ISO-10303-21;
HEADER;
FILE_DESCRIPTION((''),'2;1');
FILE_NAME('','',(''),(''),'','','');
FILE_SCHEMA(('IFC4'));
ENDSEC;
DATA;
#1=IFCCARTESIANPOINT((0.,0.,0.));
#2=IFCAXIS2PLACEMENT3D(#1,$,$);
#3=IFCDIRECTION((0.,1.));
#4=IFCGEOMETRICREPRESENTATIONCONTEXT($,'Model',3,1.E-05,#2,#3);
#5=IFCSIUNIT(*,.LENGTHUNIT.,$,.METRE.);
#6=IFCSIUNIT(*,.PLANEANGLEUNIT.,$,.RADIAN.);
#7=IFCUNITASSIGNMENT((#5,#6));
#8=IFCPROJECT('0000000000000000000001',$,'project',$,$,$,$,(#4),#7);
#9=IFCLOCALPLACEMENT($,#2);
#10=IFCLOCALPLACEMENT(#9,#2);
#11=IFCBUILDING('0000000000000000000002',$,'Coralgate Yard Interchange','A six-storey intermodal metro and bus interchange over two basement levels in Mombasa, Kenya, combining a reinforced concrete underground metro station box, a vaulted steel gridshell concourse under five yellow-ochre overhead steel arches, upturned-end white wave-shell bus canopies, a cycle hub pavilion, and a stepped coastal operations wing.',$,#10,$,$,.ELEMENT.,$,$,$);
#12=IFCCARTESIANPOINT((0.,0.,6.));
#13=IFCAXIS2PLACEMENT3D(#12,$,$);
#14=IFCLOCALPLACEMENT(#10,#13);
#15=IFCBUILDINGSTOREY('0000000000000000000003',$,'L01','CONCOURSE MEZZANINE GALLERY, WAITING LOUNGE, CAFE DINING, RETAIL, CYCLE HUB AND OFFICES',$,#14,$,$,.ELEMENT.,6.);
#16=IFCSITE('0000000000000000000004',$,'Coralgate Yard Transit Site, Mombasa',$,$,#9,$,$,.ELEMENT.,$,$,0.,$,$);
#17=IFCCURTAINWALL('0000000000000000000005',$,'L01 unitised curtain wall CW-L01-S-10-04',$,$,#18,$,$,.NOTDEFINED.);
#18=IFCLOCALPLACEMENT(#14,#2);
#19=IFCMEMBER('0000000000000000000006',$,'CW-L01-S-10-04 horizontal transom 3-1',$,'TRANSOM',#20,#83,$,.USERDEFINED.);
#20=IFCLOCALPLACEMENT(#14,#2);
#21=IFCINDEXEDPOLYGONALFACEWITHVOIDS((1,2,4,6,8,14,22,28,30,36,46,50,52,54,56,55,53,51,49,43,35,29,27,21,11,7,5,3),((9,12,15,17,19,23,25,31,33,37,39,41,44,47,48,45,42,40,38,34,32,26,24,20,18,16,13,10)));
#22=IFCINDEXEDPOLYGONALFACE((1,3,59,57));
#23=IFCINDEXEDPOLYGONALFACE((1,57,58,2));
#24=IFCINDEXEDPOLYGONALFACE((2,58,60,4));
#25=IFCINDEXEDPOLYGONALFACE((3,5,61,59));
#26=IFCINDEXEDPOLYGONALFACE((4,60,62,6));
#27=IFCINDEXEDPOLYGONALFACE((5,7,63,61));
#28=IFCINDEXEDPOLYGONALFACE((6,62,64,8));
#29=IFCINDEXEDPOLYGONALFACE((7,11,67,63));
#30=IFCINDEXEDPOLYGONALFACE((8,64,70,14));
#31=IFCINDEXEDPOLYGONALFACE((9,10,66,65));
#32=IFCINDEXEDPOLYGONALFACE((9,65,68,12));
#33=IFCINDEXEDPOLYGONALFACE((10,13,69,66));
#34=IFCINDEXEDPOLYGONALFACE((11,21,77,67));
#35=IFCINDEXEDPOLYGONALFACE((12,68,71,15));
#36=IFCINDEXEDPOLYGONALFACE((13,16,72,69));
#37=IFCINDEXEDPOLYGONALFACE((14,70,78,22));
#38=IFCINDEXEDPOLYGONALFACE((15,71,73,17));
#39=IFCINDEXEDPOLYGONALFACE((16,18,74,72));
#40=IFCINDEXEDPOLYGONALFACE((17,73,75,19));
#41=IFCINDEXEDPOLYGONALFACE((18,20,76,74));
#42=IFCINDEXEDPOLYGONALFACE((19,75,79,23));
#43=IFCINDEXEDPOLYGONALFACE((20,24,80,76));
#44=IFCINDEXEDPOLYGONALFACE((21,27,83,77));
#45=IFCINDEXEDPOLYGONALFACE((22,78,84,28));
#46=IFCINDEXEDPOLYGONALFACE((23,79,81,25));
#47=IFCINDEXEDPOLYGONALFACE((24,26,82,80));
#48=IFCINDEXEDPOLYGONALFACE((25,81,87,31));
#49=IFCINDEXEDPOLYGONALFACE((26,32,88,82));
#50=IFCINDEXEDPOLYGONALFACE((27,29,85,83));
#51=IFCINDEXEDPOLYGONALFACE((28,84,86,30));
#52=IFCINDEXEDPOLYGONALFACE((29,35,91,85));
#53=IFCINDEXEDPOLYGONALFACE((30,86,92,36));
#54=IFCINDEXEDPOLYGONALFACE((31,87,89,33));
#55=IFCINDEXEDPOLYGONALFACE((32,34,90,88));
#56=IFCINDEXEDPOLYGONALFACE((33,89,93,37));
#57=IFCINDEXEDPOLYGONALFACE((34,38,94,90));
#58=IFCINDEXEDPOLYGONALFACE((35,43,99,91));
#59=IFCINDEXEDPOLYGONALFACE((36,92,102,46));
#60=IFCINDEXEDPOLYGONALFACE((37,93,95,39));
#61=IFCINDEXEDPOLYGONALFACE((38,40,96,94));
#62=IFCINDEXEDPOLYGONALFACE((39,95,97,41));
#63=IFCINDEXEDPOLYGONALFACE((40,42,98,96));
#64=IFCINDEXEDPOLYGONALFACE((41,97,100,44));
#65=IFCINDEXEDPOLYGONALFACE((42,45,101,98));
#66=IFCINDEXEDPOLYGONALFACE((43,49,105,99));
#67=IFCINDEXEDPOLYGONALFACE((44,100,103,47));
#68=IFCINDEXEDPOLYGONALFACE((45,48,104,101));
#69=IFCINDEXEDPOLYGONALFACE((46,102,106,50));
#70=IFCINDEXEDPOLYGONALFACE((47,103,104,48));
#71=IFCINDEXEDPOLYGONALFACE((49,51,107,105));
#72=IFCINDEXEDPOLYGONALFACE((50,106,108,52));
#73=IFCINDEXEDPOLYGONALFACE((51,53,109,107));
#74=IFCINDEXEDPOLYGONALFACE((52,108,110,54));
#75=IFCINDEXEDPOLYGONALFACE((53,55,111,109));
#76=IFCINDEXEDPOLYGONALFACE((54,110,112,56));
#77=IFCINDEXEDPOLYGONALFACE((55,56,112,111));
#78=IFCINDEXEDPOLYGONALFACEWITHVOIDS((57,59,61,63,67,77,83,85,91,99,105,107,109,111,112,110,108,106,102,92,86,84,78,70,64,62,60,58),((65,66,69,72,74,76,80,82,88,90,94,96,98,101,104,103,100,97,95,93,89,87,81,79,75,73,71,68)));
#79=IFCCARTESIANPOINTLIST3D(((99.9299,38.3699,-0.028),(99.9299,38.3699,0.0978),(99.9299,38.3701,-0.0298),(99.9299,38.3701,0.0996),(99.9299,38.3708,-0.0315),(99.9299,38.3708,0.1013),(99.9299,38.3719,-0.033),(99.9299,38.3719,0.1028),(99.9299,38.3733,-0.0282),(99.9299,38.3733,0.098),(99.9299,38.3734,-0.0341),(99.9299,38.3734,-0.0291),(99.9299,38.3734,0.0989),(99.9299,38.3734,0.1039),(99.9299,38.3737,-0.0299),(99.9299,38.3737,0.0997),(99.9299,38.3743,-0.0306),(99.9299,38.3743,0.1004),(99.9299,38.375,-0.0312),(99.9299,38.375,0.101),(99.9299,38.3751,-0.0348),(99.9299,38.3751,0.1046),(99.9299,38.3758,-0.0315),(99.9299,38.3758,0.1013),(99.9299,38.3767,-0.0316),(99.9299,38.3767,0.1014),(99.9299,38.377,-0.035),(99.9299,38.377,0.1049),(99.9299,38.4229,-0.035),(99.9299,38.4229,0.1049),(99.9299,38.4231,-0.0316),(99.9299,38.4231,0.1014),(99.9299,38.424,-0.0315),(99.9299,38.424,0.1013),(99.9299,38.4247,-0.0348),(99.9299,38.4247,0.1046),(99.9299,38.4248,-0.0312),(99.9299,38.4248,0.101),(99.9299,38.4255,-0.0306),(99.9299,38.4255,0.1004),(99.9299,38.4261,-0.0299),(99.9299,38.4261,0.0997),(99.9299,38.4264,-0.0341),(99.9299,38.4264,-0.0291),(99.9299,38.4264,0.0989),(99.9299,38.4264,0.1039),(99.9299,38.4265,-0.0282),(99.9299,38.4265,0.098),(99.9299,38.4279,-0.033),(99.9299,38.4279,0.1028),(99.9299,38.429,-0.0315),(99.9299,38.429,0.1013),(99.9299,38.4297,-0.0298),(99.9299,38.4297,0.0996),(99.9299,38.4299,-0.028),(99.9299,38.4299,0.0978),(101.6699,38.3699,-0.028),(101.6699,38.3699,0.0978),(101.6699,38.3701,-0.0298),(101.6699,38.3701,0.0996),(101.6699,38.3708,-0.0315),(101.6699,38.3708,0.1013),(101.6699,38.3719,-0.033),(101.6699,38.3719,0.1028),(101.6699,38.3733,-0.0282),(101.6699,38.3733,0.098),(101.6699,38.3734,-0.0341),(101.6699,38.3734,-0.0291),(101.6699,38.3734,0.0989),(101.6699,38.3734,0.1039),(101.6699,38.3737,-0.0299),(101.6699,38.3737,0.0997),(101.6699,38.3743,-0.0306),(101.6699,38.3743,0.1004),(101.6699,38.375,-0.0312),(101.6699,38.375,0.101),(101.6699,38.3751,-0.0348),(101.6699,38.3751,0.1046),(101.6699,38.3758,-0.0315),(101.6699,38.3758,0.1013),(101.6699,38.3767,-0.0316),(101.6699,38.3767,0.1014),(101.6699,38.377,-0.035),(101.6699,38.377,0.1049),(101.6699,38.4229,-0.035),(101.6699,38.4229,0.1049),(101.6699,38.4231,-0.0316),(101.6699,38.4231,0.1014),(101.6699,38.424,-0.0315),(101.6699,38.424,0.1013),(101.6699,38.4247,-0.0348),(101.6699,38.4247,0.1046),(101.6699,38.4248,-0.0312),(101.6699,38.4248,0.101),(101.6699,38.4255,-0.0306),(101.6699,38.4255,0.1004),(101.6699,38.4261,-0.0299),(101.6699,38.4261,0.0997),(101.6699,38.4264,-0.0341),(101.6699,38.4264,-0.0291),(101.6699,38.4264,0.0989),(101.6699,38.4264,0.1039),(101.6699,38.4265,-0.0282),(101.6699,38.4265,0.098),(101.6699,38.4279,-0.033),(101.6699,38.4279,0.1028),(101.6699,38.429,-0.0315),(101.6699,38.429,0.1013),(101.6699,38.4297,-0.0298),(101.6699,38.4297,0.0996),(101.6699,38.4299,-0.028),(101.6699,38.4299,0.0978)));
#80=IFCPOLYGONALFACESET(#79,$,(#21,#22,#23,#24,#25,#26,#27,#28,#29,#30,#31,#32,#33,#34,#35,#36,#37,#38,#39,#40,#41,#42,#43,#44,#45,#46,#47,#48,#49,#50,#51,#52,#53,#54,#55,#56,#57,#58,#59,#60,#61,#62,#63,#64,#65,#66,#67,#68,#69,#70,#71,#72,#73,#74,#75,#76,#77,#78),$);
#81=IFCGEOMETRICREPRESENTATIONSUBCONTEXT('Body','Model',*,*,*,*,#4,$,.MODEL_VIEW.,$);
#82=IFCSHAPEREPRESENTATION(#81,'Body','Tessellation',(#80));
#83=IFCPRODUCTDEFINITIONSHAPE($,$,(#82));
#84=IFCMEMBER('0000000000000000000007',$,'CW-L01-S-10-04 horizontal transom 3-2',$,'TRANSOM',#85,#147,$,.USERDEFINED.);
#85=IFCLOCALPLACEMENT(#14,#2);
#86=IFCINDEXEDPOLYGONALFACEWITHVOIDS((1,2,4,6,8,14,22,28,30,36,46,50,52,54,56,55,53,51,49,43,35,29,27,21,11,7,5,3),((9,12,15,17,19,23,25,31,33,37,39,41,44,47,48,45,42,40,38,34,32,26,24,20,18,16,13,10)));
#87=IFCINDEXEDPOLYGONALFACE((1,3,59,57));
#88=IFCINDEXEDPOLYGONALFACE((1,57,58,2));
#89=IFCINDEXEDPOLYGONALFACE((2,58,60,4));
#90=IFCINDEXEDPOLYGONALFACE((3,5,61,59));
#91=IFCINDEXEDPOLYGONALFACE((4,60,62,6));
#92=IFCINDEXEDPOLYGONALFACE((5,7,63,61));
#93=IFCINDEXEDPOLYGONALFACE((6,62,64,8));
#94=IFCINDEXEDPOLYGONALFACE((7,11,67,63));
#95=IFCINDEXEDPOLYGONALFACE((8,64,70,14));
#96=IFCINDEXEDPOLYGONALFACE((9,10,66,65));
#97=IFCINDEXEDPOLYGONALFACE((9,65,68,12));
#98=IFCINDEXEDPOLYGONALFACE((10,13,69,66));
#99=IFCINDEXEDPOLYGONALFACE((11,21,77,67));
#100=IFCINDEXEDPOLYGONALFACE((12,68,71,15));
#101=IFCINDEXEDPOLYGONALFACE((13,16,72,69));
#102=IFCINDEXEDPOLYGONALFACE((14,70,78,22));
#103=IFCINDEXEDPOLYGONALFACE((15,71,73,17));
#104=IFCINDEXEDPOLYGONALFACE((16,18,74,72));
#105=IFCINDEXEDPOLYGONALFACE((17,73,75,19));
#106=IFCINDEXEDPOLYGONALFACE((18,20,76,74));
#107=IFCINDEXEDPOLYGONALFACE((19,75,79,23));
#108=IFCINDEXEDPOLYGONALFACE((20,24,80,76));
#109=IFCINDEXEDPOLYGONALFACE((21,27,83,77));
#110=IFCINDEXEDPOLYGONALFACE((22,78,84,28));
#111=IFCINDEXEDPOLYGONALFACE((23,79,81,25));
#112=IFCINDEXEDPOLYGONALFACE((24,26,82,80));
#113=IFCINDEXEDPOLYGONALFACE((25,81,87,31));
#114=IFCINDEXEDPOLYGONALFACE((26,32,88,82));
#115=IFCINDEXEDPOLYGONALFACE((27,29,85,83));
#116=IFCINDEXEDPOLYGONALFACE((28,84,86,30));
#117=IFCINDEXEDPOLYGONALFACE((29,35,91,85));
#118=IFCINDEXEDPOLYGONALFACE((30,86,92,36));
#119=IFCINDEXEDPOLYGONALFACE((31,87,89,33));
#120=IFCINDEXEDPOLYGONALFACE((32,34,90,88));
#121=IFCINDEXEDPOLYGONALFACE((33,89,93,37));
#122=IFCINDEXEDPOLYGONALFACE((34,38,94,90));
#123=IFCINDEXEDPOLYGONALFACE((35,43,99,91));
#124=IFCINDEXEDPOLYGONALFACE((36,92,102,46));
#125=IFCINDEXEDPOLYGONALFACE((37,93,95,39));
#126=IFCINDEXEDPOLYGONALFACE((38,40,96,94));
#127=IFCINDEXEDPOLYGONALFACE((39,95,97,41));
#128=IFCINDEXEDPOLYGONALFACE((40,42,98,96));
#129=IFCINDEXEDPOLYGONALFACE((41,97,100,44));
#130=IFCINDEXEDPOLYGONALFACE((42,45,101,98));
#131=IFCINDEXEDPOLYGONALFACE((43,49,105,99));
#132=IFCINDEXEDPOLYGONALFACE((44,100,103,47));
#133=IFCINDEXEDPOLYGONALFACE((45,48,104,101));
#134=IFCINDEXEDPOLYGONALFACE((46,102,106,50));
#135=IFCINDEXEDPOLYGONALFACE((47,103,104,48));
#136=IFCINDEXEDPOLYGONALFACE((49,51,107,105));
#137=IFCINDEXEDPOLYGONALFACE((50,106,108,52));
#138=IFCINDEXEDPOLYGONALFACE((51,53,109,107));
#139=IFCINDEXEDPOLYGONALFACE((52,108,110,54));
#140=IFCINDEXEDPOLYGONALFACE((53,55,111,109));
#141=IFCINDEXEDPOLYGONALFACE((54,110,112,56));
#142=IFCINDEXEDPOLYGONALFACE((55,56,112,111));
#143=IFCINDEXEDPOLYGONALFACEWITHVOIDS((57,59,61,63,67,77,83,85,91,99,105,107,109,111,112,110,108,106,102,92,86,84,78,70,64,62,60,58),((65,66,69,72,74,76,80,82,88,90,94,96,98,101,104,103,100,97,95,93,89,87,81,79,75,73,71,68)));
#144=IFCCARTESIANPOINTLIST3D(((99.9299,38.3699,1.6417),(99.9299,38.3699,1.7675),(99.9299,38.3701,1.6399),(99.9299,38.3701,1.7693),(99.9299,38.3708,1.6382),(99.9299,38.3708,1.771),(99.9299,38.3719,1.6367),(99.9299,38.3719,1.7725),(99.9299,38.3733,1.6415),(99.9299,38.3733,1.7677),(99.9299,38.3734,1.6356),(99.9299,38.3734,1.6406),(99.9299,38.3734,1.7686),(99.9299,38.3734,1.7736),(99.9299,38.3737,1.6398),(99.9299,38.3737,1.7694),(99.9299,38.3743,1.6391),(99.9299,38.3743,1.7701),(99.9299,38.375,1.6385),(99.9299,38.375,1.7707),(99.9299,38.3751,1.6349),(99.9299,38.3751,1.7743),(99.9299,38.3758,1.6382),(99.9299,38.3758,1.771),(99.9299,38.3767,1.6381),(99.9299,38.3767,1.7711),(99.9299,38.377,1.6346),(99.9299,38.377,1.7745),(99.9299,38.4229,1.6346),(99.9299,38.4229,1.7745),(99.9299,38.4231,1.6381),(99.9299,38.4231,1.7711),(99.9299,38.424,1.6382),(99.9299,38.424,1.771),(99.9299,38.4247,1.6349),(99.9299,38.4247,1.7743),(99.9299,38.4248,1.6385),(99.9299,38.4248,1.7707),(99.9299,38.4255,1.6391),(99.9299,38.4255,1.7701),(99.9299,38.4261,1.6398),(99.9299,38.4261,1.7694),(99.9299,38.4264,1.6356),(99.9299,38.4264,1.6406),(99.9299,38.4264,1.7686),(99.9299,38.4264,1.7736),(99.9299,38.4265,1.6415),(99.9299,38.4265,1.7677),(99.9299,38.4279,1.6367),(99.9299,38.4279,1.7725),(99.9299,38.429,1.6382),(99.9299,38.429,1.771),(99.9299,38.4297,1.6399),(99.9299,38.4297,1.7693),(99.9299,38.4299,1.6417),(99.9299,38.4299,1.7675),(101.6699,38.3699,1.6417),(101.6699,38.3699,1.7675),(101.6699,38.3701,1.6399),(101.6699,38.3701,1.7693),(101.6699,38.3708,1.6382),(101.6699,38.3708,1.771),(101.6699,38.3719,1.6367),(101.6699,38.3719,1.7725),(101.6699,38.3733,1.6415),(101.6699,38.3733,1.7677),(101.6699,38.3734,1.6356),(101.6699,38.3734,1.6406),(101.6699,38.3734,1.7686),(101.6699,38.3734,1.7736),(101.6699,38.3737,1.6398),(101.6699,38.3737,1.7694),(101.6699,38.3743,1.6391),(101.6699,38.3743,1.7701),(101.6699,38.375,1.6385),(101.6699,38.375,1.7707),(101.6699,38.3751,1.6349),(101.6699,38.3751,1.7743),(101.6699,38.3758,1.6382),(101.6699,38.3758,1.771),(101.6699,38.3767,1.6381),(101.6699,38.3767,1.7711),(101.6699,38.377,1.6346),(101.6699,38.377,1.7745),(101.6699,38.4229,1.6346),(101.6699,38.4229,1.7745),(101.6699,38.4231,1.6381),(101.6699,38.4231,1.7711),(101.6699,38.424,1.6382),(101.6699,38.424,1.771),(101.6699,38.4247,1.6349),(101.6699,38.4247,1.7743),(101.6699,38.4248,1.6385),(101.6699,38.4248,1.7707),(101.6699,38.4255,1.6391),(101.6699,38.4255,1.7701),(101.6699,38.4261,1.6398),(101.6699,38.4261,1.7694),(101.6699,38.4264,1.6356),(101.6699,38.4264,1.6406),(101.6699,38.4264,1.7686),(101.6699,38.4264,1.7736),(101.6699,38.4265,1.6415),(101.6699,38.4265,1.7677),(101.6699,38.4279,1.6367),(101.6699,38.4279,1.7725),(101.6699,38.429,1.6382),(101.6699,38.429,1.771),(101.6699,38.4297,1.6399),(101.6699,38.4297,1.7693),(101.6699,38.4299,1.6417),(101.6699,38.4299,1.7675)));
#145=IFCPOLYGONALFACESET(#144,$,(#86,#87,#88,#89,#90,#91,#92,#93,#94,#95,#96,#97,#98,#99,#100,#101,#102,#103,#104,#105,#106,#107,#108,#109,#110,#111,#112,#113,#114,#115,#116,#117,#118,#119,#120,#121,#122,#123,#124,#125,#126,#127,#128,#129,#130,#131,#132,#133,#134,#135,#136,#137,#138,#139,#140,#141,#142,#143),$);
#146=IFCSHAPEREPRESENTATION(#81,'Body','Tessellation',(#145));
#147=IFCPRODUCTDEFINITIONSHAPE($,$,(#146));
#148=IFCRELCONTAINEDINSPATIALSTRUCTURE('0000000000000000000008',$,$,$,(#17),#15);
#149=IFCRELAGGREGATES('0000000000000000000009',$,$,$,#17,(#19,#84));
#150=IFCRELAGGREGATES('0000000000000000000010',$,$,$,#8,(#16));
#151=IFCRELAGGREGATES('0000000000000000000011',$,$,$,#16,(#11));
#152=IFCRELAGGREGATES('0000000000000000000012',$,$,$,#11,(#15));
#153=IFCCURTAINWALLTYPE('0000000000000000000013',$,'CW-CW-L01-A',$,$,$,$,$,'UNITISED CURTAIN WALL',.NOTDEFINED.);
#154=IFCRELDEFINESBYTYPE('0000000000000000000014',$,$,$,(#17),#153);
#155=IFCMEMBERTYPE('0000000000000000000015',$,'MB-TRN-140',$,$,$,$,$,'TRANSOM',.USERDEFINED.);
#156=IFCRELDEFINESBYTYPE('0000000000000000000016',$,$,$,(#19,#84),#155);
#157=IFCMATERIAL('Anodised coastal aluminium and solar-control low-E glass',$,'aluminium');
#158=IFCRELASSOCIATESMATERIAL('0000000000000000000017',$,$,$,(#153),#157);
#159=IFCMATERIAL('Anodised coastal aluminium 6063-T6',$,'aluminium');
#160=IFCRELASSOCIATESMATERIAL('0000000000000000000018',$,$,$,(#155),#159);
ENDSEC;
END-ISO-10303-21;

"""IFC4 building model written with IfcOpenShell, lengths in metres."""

from ifc_helpers import new_model, si_unit, direction, frame, origin, origin_2d, place, context, subcontext, project, spatial, hollow_rectangle, extrude, material, material_profile, profile_set, type_object, element, aggregate, save


model = new_model("IFC4")

# Units and contexts
model_context = context("Model", 3, precision=1e-05, world=origin(), true_north=direction((0.0, 1.0)))
body_context = subcontext(model_context, "Body", "Model", "MODEL_VIEW")
ifc_project = project(units=[si_unit("LENGTHUNIT", "METRE"), si_unit("PLANEANGLEUNIT", "RADIAN")], contexts=[model_context])

# Site, building, storey
site_placement = place(None, origin())
site = spatial("IfcSite", under=ifc_project, at=site_placement, Name="Coralgate Yard Transit Site, Mombasa", CompositionType="ELEMENT", RefElevation=0.0)
building_placement = place(site_placement, origin())
building = spatial("IfcBuilding", under=site, at=building_placement, Name="Coralgate Yard Interchange", Description="A six-storey intermodal metro and bus interchange over two basement levels in Mombasa, Kenya, combining a reinforced concrete underground metro station box, a vaulted steel gridshell concourse under five yellow-ochre overhead steel arches, upturned-end white wave-shell bus canopies, a cycle hub pavilion, and a stepped coastal operations wing.", CompositionType="ELEMENT")
storey_placement = place(building_placement, frame((0.0, 0.0, 6.0)))
storey = spatial("IfcBuildingStorey", under=building, at=storey_placement, Name="L01", Description="CONCOURSE MEZZANINE GALLERY, WAITING LOUNGE, CAFE DINING, RETAIL, CYCLE HUB AND OFFICES", CompositionType="ELEMENT", Elevation=6.0)

# Curtain wall
ifc_material_1 = material(Name="Anodised coastal aluminium and solar-control low-E glass", Category="aluminium")
curtain_wall_type_1 = type_object("IfcCurtainWallType", Name="CW-CW-L01-A", ElementType="UNITISED CURTAIN WALL", PredefinedType="NOTDEFINED", material=ifc_material_1)
curtain_wall_1_placement = place(storey_placement, origin())
curtain_wall_1 = element("IfcCurtainWall", 1, at=curtain_wall_1_placement, inside=storey, type_object=curtain_wall_type_1, Name="L01 unitised curtain wall CW-L01-S-10-04", PredefinedType="NOTDEFINED")
ifc_material_2 = material(Name="Anodised coastal aluminium 6063-T6", Category="aluminium")

# Members
ifc_material_profile_1 = material_profile(ifc_material_2, hollow_rectangle(XDim=0.0601, YDim=0.1399, WallThickness=0.0034, InnerFilletRadius=0.0034, OuterFilletRadius=0.0071, at=origin_2d()), Name="ALU 60x140x3.5")
ifc_profile_set_1 = profile_set([ifc_material_profile_1], Name="Anodised coastal aluminium 6063-T6")
member_type_1 = type_object("IfcMemberType", Name="MB-TRN-140", ElementType="TRANSOM", PredefinedType="USERDEFINED", material=ifc_profile_set_1)
member_1_placement = place(storey_placement, frame((101.6699, 38.3999, 0.0349), z_axis=(-1.0, 0.0, 0.0), x_axis=(0.0, -1.0, 0.0)))
member_1 = element("IfcMember", 2, at=member_1_placement, type_object=member_type_1, Name="CW-L01-S-10-04 horizontal transom 3-1", ObjectType="TRANSOM", PredefinedType="USERDEFINED", context=body_context, shape_type="SweptSolid", body=[
    extrude(hollow_rectangle(XDim=0.0601, YDim=0.1399, WallThickness=0.0034, InnerFilletRadius=0.0034, OuterFilletRadius=0.0071, at=origin_2d()), origin(), (0.0, 0.0, 1.0), 1.74),
])
member_2_placement = place(storey_placement, frame((101.6699, 38.3999, 1.7046), z_axis=(-1.0, 0.0, 0.0), x_axis=(0.0, -1.0, 0.0)))
member_2 = element("IfcMember", 3, at=member_2_placement, type_object=member_type_1, Name="CW-L01-S-10-04 horizontal transom 3-2", ObjectType="TRANSOM", PredefinedType="USERDEFINED", context=body_context, shape_type="SweptSolid", body=[
    extrude(hollow_rectangle(XDim=0.0601, YDim=0.1399, WallThickness=0.0034, InnerFilletRadius=0.0034, OuterFilletRadius=0.0071, at=origin_2d()), origin(), (0.0, 0.0, 1.0), 1.74),
])

aggregate(curtain_wall_1, [member_1, member_2])

save(model, "model.ifc")
